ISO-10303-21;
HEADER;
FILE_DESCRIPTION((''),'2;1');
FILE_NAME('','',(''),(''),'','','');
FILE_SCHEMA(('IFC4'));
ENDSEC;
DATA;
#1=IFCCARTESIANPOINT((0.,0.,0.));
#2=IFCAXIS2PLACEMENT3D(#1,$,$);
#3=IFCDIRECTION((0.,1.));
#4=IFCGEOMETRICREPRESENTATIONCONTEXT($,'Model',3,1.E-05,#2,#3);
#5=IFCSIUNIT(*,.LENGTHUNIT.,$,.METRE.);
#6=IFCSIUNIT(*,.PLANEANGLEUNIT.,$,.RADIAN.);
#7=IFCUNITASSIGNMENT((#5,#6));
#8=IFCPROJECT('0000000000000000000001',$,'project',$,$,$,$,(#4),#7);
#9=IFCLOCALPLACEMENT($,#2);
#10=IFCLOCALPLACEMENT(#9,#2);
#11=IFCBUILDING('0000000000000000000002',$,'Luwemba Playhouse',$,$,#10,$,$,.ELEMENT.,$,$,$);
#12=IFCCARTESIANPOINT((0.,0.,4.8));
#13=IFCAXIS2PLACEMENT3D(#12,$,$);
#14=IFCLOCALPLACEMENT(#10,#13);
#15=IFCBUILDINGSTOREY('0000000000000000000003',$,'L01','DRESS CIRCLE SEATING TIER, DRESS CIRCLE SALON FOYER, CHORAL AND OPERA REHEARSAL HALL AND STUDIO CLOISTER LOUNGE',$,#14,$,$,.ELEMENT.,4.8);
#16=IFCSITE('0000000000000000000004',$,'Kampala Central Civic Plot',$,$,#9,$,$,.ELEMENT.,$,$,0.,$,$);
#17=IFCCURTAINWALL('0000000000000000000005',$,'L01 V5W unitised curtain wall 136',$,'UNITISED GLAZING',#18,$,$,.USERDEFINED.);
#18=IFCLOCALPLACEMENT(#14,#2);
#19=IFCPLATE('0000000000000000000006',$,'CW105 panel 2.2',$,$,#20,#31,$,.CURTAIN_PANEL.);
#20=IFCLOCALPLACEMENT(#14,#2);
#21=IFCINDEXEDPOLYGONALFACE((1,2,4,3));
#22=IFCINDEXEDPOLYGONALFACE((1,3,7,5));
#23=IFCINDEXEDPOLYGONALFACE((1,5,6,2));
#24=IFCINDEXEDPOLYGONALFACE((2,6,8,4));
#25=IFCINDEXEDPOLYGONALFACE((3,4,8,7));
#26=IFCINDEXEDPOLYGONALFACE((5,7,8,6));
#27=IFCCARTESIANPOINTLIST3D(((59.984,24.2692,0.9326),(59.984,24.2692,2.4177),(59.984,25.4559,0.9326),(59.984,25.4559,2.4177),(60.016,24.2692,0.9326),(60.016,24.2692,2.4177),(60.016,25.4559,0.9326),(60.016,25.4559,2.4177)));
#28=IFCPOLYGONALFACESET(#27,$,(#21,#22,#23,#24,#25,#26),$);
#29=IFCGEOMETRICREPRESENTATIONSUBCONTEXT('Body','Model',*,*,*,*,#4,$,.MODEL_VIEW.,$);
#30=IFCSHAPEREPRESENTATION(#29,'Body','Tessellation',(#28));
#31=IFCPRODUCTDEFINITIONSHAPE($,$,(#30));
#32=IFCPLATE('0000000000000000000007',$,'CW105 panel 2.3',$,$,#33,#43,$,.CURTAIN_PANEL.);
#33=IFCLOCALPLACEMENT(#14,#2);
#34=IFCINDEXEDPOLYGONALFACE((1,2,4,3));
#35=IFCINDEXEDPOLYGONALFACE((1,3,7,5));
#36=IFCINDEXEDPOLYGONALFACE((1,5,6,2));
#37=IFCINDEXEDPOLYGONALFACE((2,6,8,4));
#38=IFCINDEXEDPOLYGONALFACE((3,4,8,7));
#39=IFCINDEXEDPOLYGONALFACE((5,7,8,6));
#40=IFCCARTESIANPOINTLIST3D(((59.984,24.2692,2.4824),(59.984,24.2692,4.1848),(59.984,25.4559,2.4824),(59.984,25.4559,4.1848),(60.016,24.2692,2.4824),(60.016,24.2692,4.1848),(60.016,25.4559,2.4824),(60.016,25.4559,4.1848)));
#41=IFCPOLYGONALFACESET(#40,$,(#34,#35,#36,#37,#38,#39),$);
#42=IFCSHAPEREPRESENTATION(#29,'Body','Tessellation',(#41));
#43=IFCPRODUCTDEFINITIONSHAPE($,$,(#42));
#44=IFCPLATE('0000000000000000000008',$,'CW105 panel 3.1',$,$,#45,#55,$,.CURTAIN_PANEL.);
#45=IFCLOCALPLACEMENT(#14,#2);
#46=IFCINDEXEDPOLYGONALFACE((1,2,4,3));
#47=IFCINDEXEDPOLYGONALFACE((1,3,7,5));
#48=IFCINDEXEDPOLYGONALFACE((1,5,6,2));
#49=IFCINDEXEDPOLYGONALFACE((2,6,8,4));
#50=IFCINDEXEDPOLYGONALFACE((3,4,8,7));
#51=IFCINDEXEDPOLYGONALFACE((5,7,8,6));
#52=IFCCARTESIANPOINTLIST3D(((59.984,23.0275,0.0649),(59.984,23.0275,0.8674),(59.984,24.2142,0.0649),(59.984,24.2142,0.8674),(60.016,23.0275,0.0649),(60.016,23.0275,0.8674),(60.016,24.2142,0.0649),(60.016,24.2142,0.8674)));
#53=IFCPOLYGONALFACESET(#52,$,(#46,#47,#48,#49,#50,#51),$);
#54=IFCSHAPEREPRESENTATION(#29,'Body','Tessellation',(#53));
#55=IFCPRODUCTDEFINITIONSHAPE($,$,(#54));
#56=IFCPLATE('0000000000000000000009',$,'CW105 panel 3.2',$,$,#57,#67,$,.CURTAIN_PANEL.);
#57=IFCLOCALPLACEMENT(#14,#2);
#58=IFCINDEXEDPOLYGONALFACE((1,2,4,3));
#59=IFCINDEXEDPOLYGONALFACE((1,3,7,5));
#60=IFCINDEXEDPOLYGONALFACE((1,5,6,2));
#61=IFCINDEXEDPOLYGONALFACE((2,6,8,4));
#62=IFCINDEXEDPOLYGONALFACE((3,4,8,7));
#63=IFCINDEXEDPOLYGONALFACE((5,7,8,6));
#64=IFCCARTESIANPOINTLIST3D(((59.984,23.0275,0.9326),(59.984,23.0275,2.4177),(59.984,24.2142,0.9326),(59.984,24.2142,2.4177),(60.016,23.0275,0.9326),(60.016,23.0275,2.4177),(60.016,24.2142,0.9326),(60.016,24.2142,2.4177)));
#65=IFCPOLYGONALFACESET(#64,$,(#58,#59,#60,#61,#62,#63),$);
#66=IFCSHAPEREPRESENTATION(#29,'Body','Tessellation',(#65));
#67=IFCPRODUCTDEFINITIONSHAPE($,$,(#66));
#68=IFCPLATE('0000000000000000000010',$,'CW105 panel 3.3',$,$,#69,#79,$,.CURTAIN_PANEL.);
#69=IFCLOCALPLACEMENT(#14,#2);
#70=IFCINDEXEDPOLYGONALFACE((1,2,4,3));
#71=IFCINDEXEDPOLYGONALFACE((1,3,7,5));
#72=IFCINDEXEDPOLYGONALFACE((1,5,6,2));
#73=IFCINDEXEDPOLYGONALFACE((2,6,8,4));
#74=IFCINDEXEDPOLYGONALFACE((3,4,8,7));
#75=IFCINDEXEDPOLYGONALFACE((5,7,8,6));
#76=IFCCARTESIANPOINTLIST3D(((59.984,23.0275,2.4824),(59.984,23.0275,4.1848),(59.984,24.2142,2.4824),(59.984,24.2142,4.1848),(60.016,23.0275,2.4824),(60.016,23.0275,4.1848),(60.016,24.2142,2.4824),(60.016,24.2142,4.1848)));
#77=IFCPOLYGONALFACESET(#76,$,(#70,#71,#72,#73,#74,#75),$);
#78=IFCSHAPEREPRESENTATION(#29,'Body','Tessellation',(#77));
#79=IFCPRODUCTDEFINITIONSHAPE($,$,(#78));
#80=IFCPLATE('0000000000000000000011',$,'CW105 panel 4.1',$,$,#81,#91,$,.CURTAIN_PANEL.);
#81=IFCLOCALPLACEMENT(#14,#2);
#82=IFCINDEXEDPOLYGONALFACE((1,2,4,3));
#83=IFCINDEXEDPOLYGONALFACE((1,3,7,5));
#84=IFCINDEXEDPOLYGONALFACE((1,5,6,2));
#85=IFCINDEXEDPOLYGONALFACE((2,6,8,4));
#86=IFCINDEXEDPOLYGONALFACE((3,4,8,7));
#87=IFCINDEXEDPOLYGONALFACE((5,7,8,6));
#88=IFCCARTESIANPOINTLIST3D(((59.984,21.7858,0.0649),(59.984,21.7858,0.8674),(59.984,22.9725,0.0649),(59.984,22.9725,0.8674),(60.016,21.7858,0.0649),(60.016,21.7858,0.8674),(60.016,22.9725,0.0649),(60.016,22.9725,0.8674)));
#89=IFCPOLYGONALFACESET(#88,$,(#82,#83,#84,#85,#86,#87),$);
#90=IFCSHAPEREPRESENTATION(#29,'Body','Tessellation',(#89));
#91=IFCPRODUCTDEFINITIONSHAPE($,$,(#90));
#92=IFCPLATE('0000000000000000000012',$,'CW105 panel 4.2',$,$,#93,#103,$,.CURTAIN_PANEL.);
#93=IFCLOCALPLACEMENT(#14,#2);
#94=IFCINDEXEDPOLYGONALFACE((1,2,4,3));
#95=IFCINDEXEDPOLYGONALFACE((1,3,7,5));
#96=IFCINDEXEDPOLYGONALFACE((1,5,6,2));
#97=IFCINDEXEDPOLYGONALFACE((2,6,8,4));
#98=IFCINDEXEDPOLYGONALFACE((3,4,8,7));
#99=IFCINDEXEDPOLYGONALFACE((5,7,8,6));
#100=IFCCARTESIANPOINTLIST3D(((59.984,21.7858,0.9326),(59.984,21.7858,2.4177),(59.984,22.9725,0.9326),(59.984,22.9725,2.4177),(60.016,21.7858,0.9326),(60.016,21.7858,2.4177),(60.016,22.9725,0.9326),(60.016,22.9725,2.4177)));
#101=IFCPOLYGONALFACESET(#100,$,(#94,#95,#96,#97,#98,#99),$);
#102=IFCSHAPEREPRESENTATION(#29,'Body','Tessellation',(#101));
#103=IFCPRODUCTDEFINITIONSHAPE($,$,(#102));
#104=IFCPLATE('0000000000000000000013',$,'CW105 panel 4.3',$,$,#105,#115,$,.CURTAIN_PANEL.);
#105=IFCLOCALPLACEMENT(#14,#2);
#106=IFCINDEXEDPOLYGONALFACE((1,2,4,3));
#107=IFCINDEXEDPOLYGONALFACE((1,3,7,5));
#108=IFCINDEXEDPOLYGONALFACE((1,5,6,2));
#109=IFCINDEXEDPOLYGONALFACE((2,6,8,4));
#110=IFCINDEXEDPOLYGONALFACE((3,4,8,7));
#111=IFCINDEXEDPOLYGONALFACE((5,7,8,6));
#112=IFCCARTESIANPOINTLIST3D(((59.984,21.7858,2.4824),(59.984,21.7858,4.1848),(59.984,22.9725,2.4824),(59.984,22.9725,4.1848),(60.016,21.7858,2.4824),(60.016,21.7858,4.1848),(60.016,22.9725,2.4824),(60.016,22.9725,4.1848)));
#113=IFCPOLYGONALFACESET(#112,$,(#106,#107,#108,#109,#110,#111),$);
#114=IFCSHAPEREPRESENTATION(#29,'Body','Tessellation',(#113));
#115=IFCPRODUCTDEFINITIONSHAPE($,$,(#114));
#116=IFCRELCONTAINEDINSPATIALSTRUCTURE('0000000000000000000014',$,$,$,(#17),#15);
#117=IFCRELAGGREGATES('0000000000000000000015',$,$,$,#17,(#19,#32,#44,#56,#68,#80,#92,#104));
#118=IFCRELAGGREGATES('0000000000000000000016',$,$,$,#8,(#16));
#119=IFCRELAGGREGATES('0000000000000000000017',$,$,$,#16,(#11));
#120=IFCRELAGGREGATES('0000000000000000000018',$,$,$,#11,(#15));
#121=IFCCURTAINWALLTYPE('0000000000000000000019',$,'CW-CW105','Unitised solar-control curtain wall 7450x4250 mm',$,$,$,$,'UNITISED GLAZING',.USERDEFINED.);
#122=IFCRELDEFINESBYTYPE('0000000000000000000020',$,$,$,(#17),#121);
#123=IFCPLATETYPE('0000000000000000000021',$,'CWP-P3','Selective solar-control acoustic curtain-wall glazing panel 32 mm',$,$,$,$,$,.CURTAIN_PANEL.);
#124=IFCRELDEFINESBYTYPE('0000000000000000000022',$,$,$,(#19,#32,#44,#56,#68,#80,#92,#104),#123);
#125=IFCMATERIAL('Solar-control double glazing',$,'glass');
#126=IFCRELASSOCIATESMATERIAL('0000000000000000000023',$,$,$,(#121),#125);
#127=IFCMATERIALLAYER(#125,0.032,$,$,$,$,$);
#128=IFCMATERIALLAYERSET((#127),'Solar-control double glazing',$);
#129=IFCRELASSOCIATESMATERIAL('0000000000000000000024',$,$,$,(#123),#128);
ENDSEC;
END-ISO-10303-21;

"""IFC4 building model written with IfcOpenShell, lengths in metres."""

from ifc_helpers import new_model, si_unit, direction, frame, origin, origin_2d, place, context, subcontext, project, spatial, rectangle, extrude, material, layer, layer_set, type_object, element, aggregate, save


model = new_model("IFC4")

# Units and contexts
model_context = context("Model", 3, precision=1e-05, world=origin(), true_north=direction((0.0, 1.0)))
body_context = subcontext(model_context, "Body", "Model", "MODEL_VIEW")
ifc_project = project(units=[si_unit("LENGTHUNIT", "METRE"), si_unit("PLANEANGLEUNIT", "RADIAN")], contexts=[model_context])

# Site, building, storey
site_placement = place(None, origin())
site = spatial("IfcSite", under=ifc_project, at=site_placement, Name="Kampala Central Civic Plot", CompositionType="ELEMENT", RefElevation=0.0)
building_placement = place(site_placement, origin())
building = spatial("IfcBuilding", under=site, at=building_placement, Name="Luwemba Playhouse", CompositionType="ELEMENT")
storey_placement = place(building_placement, frame((0.0, 0.0, 4.8)))
storey = spatial("IfcBuildingStorey", under=building, at=storey_placement, Name="L01", Description="DRESS CIRCLE SEATING TIER, DRESS CIRCLE SALON FOYER, CHORAL AND OPERA REHEARSAL HALL AND STUDIO CLOISTER LOUNGE", CompositionType="ELEMENT", Elevation=4.8)

# Curtain wall, plates
ifc_material_1 = material(Name="Solar-control double glazing", Category="glass")
curtain_wall_type = type_object("IfcCurtainWallType", Name="CW-CW105", Description="Unitised solar-control curtain wall 7450x4250 mm", ElementType="UNITISED GLAZING", PredefinedType="USERDEFINED", material=ifc_material_1)
curtain_wall_placement = place(storey_placement, origin())
curtain_wall = element("IfcCurtainWall", 1, at=curtain_wall_placement, inside=storey, type_object=curtain_wall_type, Name="L01 V5W unitised curtain wall 136", ObjectType="UNITISED GLAZING", PredefinedType="USERDEFINED")
ifc_layer = layer(ifc_material_1, 0.032)
ifc_layer_set = layer_set([ifc_layer], Name="Solar-control double glazing")
plate_type = type_object("IfcPlateType", Name="CWP-P3", Description="Selective solar-control acoustic curtain-wall glazing panel 32 mm", PredefinedType="CURTAIN_PANEL", material=ifc_layer_set)
plate_1_placement = place(storey_placement, frame((60.0, 24.8625, 0.9326), z_axis=(0.0, 0.0, 1.0), x_axis=(0.0, -1.0, 0.0)))
plate_1 = element("IfcPlate", 2, at=plate_1_placement, type_object=plate_type, Name="CW105 panel 2.2", PredefinedType="CURTAIN_PANEL", context=body_context, shape_type="SweptSolid", body=[
    extrude(rectangle(XDim=1.1868, YDim=0.032, at=origin_2d()), origin(), (0.0, 0.0, 1.0), 1.4851),
])
plate_2_placement = place(storey_placement, frame((60.0, 24.8625, 2.4824), z_axis=(0.0, 0.0, 1.0), x_axis=(0.0, -1.0, 0.0)))
plate_2 = element("IfcPlate", 3, at=plate_2_placement, type_object=plate_type, Name="CW105 panel 2.3", PredefinedType="CURTAIN_PANEL", context=body_context, shape_type="SweptSolid", body=[
    extrude(rectangle(XDim=1.1868, YDim=0.032, at=origin_2d()), origin(), (0.0, 0.0, 1.0), 1.7024),
])
plate_3_placement = place(storey_placement, frame((60.0, 23.6208, 0.0649), z_axis=(0.0, 0.0, 1.0), x_axis=(0.0, -1.0, 0.0)))
plate_3 = element("IfcPlate", 4, at=plate_3_placement, type_object=plate_type, Name="CW105 panel 3.1", PredefinedType="CURTAIN_PANEL", context=body_context, shape_type="SweptSolid", body=[
    extrude(rectangle(XDim=1.1868, YDim=0.032, at=origin_2d()), origin(), (0.0, 0.0, 1.0), 0.8025),
])
plate_4_placement = place(storey_placement, frame((60.0, 23.6208, 0.9326), z_axis=(0.0, 0.0, 1.0), x_axis=(0.0, -1.0, 0.0)))
plate_4 = element("IfcPlate", 5, at=plate_4_placement, type_object=plate_type, Name="CW105 panel 3.2", PredefinedType="CURTAIN_PANEL", context=body_context, shape_type="SweptSolid", body=[
    extrude(rectangle(XDim=1.1868, YDim=0.032, at=origin_2d()), origin(), (0.0, 0.0, 1.0), 1.4851),
])
plate_5_placement = place(storey_placement, frame((60.0, 23.6208, 2.4824), z_axis=(0.0, 0.0, 1.0), x_axis=(0.0, -1.0, 0.0)))
plate_5 = element("IfcPlate", 6, at=plate_5_placement, type_object=plate_type, Name="CW105 panel 3.3", PredefinedType="CURTAIN_PANEL", context=body_context, shape_type="SweptSolid", body=[
    extrude(rectangle(XDim=1.1868, YDim=0.032, at=origin_2d()), origin(), (0.0, 0.0, 1.0), 1.7024),
])
plate_6_placement = place(storey_placement, frame((60.0, 22.3792, 0.0649), z_axis=(0.0, 0.0, 1.0), x_axis=(0.0, -1.0, 0.0)))
plate_6 = element("IfcPlate", 7, at=plate_6_placement, type_object=plate_type, Name="CW105 panel 4.1", PredefinedType="CURTAIN_PANEL", context=body_context, shape_type="SweptSolid", body=[
    extrude(rectangle(XDim=1.1868, YDim=0.032, at=origin_2d()), origin(), (0.0, 0.0, 1.0), 0.8025),
])
plate_7_placement = place(storey_placement, frame((60.0, 22.3792, 0.9326), z_axis=(0.0, 0.0, 1.0), x_axis=(0.0, -1.0, 0.0)))
plate_7 = element("IfcPlate", 8, at=plate_7_placement, type_object=plate_type, Name="CW105 panel 4.2", PredefinedType="CURTAIN_PANEL", context=body_context, shape_type="SweptSolid", body=[
    extrude(rectangle(XDim=1.1868, YDim=0.032, at=origin_2d()), origin(), (0.0, 0.0, 1.0), 1.4851),
])
plate_8_placement = place(storey_placement, frame((60.0, 22.3792, 2.4824), z_axis=(0.0, 0.0, 1.0), x_axis=(0.0, -1.0, 0.0)))
plate_8 = element("IfcPlate", 9, at=plate_8_placement, type_object=plate_type, Name="CW105 panel 4.3", PredefinedType="CURTAIN_PANEL", context=body_context, shape_type="SweptSolid", body=[
    extrude(rectangle(XDim=1.1868, YDim=0.032, at=origin_2d()), origin(), (0.0, 0.0, 1.0), 1.7024),
])
aggregate(curtain_wall, [plate_1, plate_2, plate_3, plate_4, plate_5, plate_6, plate_7, plate_8])

save(model, "model.ifc")
